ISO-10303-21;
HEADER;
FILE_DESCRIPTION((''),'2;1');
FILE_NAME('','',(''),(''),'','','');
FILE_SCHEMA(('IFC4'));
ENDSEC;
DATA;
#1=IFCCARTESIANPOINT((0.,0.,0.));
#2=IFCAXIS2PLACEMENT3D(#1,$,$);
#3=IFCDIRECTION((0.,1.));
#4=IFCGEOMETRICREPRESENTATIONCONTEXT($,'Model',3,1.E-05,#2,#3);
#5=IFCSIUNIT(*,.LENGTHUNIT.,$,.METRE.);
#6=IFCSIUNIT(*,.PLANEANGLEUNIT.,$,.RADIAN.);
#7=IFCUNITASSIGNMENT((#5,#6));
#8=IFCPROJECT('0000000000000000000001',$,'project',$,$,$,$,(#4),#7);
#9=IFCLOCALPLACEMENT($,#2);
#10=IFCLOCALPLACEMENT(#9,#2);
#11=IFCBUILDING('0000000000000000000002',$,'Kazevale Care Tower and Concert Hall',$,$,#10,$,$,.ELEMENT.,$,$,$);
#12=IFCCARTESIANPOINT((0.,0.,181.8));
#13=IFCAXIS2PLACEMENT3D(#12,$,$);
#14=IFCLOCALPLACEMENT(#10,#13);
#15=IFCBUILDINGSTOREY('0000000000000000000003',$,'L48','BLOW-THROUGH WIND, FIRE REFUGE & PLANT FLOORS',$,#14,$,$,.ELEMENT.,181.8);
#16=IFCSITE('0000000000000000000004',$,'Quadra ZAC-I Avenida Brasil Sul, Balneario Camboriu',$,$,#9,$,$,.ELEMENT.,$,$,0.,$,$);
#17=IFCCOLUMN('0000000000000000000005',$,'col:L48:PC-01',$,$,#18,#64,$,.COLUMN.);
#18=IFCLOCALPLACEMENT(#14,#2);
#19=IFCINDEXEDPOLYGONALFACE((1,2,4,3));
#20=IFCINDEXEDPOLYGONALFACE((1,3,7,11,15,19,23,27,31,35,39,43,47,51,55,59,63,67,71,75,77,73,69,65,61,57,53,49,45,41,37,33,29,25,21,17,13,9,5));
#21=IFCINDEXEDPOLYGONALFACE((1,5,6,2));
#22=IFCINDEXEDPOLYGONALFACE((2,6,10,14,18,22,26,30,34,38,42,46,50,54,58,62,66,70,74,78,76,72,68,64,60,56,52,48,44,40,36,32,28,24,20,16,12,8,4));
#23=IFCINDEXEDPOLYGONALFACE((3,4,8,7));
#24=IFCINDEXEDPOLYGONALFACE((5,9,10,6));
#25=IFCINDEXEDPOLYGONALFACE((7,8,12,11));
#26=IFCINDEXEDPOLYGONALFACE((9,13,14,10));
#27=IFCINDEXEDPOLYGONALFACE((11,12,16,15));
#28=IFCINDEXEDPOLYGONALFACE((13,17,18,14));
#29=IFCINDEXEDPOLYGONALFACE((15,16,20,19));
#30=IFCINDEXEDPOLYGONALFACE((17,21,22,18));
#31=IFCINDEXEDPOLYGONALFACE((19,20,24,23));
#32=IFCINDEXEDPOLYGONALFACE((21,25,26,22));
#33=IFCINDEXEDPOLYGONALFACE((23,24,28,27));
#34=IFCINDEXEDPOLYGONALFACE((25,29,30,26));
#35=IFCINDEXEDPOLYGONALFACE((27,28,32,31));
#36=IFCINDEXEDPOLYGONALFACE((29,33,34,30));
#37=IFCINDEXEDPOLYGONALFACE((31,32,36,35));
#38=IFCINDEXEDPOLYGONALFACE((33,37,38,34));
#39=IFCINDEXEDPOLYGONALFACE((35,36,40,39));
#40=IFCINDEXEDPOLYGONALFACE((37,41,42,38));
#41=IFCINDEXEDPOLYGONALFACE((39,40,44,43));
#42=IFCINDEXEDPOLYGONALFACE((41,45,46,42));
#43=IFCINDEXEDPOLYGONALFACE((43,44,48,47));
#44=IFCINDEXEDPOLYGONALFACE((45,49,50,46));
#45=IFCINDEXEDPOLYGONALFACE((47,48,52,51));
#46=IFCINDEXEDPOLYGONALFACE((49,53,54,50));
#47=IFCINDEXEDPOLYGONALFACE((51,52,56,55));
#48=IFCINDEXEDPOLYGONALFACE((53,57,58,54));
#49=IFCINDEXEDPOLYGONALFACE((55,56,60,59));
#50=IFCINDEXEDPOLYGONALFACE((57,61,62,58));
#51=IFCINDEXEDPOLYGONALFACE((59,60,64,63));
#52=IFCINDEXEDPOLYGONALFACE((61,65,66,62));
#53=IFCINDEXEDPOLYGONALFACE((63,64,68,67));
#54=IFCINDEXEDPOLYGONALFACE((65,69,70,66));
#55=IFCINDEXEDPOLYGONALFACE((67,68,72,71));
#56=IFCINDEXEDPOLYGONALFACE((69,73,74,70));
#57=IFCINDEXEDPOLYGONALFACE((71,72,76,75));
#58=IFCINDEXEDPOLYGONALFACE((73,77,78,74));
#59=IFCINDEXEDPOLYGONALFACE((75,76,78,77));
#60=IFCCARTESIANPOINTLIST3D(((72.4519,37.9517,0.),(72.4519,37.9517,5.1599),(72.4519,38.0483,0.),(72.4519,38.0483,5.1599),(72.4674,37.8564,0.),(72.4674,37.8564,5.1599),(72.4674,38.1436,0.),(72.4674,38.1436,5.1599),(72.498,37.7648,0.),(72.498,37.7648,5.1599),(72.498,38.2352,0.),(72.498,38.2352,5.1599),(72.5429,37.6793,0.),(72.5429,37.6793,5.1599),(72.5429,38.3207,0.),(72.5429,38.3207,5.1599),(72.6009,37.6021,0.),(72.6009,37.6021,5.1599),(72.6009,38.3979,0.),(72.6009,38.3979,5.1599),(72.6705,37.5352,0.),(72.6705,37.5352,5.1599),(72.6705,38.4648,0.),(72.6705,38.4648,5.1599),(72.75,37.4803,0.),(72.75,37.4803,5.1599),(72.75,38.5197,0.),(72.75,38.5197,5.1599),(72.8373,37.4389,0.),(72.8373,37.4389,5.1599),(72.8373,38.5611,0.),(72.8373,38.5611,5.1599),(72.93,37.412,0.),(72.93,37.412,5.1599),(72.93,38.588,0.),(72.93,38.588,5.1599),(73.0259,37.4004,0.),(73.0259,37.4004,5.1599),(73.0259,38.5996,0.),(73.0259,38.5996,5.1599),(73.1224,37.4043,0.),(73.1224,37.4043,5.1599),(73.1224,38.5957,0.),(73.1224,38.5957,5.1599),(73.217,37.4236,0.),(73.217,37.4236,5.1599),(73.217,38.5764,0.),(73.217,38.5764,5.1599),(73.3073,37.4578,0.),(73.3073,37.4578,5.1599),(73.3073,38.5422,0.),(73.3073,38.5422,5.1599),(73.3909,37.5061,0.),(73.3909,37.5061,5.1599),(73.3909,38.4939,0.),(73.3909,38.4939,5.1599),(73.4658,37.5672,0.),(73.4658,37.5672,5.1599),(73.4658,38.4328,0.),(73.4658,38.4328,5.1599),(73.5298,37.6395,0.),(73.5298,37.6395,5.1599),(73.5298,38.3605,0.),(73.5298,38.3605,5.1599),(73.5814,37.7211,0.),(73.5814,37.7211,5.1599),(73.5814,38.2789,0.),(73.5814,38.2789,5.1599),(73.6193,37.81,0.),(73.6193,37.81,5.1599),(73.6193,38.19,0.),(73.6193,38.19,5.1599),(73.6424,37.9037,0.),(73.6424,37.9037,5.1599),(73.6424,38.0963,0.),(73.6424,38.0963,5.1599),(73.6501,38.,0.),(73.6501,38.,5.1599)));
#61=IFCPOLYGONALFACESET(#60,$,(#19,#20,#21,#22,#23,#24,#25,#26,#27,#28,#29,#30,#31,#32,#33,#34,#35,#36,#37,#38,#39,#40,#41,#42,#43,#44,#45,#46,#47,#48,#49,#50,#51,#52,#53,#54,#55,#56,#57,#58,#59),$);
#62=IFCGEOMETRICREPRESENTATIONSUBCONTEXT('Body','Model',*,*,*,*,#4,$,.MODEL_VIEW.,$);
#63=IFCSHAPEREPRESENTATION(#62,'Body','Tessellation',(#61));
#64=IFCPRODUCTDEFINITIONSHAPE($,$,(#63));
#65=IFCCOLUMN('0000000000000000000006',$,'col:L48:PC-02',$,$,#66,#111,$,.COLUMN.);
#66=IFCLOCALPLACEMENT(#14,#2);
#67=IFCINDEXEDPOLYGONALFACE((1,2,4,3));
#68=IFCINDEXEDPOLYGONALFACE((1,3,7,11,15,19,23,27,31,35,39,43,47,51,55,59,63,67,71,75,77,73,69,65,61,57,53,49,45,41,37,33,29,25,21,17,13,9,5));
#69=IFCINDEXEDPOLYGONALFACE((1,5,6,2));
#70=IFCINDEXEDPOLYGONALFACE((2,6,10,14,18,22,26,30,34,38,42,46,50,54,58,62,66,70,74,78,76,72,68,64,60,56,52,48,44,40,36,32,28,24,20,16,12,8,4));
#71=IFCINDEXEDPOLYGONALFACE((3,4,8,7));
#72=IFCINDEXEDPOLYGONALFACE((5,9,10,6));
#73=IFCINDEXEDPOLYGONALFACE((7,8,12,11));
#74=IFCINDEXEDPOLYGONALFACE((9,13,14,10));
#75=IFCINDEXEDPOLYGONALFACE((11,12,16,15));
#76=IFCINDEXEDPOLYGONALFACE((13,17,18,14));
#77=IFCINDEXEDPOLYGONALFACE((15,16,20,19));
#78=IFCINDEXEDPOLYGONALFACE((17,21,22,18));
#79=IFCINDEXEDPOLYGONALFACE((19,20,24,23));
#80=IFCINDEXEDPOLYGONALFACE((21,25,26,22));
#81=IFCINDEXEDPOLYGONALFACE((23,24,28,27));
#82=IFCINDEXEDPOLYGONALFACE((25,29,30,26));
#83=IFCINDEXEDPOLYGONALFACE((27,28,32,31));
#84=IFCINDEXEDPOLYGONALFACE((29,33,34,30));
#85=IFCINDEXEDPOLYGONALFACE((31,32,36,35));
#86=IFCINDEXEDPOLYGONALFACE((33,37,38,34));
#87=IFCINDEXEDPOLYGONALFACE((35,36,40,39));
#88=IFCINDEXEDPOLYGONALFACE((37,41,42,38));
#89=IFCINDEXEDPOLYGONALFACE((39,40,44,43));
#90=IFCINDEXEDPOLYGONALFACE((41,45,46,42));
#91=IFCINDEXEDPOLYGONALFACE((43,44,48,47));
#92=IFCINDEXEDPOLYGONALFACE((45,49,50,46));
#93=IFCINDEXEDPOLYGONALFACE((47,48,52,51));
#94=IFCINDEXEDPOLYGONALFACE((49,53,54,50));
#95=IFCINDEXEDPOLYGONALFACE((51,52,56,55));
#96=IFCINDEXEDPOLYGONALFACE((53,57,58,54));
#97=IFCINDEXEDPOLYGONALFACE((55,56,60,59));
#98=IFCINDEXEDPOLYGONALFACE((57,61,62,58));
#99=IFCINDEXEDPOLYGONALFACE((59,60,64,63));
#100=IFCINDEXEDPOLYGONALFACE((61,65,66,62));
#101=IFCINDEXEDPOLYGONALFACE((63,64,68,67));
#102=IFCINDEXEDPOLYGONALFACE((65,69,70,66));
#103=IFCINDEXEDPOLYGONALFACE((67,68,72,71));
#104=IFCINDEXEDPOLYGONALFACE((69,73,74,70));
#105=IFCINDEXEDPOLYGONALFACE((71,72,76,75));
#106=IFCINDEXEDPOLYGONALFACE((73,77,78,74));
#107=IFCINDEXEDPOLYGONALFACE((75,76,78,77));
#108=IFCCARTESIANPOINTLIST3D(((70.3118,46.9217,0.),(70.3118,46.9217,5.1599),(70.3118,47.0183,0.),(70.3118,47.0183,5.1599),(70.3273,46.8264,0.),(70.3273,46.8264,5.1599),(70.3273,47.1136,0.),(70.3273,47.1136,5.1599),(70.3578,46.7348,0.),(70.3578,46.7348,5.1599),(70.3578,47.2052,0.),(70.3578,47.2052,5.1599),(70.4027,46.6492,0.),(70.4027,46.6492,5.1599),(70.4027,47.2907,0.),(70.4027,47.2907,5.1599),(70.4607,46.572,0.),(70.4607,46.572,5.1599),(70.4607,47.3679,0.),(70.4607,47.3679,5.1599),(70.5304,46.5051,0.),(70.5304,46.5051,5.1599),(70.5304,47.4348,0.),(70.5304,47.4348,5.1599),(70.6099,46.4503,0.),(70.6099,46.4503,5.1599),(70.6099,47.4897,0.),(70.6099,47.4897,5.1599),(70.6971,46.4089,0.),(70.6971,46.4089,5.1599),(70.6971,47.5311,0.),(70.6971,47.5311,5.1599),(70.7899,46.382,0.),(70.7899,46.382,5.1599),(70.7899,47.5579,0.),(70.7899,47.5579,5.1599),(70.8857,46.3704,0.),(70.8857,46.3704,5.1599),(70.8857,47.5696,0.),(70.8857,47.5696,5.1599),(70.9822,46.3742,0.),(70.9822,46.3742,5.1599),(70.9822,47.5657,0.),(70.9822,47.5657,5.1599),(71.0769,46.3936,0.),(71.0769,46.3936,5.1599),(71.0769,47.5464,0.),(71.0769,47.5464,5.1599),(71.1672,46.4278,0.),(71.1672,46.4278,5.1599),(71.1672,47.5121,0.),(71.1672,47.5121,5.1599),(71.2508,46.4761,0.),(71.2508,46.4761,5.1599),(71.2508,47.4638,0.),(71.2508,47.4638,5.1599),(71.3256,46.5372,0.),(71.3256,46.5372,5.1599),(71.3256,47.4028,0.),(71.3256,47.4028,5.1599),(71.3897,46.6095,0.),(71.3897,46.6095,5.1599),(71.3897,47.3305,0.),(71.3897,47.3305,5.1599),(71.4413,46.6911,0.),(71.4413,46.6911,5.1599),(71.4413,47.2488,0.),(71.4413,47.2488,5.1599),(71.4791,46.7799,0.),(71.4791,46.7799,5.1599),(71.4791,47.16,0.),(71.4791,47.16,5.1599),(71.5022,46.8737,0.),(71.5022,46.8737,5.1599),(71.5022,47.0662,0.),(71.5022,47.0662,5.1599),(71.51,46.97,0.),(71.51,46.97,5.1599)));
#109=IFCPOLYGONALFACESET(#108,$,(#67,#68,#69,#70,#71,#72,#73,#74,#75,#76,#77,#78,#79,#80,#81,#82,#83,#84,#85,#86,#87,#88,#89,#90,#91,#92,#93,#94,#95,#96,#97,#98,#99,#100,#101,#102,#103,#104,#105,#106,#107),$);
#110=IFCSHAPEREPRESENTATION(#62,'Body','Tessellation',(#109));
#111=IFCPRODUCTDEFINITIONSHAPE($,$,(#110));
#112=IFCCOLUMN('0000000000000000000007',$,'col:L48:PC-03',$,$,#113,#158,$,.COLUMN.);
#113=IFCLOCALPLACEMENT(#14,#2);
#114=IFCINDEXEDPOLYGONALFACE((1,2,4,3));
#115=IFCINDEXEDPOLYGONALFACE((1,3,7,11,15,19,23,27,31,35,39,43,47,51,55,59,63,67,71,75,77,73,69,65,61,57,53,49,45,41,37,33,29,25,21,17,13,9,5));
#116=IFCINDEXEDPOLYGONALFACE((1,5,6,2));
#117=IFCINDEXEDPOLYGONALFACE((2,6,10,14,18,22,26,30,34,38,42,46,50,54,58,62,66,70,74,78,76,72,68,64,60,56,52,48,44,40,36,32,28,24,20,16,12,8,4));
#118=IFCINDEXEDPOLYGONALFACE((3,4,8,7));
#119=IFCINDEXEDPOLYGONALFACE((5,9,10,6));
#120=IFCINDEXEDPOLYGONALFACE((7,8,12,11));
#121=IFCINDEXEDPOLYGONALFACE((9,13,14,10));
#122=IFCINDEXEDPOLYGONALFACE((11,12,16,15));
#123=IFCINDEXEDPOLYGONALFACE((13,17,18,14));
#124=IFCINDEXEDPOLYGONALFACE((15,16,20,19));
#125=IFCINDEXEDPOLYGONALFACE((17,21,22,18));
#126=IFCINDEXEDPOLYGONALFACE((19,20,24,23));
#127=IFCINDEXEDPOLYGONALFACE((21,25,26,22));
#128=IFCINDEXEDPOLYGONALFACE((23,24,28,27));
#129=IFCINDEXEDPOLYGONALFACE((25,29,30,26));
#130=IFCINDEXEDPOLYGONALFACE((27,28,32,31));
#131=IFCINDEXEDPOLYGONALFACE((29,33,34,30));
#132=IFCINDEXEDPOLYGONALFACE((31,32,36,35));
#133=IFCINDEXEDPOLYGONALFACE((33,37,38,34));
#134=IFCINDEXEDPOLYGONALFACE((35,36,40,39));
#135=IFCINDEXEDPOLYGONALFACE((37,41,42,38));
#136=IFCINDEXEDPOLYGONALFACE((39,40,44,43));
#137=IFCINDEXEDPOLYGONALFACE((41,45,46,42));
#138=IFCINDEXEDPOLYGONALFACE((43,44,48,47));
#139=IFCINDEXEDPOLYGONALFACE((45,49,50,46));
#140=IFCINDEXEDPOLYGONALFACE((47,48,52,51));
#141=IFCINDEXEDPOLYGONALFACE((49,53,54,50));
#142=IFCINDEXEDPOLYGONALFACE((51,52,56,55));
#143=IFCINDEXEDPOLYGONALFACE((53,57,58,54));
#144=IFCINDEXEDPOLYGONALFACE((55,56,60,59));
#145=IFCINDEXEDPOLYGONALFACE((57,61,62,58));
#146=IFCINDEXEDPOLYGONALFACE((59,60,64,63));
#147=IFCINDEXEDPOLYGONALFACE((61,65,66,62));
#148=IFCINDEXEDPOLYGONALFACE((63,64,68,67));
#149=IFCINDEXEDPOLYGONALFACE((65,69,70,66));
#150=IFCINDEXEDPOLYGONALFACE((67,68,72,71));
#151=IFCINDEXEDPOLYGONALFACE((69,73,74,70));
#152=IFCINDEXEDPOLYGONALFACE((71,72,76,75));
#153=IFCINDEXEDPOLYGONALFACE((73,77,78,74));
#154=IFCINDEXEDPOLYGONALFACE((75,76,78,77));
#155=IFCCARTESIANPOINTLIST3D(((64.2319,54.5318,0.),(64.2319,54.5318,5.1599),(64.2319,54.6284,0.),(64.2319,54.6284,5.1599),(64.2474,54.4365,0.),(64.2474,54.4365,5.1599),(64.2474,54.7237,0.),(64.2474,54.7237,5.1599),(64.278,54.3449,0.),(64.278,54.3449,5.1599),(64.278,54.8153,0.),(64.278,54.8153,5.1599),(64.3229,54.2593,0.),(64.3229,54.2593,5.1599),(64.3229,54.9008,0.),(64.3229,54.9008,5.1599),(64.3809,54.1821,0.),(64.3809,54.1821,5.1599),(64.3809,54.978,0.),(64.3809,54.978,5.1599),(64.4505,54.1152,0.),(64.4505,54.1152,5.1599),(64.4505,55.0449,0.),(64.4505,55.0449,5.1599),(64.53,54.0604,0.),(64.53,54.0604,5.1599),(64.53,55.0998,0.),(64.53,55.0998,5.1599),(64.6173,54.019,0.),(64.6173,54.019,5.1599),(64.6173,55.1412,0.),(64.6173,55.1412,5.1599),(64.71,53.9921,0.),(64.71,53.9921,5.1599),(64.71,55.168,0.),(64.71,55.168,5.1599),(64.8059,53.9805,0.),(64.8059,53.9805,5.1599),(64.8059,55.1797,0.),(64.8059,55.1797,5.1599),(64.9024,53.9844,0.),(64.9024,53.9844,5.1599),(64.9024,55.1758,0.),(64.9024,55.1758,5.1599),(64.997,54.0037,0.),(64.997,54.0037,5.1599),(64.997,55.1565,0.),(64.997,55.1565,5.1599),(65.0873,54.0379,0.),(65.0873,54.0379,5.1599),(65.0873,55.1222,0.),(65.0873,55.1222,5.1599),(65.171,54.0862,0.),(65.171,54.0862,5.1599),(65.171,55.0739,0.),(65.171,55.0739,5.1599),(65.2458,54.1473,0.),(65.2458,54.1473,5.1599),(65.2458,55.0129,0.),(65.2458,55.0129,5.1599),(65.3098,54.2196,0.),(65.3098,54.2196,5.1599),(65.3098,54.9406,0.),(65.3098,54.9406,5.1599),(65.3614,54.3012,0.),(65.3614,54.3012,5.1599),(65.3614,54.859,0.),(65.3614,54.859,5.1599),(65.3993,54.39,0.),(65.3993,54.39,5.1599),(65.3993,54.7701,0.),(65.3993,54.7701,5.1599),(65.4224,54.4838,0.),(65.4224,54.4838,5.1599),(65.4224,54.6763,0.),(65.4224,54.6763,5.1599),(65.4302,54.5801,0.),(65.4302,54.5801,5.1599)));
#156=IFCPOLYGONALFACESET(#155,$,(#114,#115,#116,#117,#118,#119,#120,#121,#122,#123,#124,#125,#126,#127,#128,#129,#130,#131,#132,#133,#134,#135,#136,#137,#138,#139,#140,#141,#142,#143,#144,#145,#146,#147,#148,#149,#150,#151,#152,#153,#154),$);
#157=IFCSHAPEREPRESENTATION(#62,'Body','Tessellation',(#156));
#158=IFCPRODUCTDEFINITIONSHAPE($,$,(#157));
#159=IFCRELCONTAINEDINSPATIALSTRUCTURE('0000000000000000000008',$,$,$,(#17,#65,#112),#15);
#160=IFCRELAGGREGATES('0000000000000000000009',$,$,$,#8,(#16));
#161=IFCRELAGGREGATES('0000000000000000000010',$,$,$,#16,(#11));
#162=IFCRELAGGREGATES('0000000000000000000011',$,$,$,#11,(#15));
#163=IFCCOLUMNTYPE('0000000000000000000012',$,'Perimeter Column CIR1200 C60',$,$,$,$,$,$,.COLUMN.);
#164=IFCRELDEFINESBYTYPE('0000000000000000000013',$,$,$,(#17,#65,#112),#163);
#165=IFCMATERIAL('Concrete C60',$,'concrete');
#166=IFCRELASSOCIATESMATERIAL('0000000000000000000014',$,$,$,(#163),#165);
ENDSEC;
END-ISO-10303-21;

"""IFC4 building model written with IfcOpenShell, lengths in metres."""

from ifc_helpers import new_model, si_unit, direction, frame, origin, origin_2d, place, context, subcontext, project, spatial, circle, extrude, material, material_profile, profile_set, type_object, element, save


model = new_model("IFC4")

# Units and contexts
model_context = context("Model", 3, precision=1e-05, world=origin(), true_north=direction((0.0, 1.0)))
body_context = subcontext(model_context, "Body", "Model", "MODEL_VIEW")
ifc_project = project(units=[si_unit("LENGTHUNIT", "METRE"), si_unit("PLANEANGLEUNIT", "RADIAN")], contexts=[model_context])

# Site, building, storey
site_placement = place(None, origin())
site = spatial("IfcSite", under=ifc_project, at=site_placement, Name="Quadra ZAC-I Avenida Brasil Sul, Balneario Camboriu", CompositionType="ELEMENT", RefElevation=0.0)
building_placement = place(site_placement, origin())
building = spatial("IfcBuilding", under=site, at=building_placement, Name="Kazevale Care Tower and Concert Hall", CompositionType="ELEMENT")
storey_placement = place(building_placement, frame((0.0, 0.0, 181.8)))
storey = spatial("IfcBuildingStorey", under=building, at=storey_placement, Name="L48", Description="BLOW-THROUGH WIND, FIRE REFUGE & PLANT FLOORS", CompositionType="ELEMENT", Elevation=181.8)

# Columns
ifc_material_1 = material(Name="Concrete C60", Category="concrete")
ifc_material_profile_1 = material_profile(ifc_material_1, circle(Radius=0.6001, at=origin_2d()), Name="RC-CIR1200")
ifc_profile_set_1 = profile_set([ifc_material_profile_1], Name="Concrete C60")
column_type = type_object("IfcColumnType", Name="Perimeter Column CIR1200 C60", PredefinedType="COLUMN", material=ifc_profile_set_1)
for number, where, z_axis, x_axis, name in (
    (1, (73.05, 38.0, 0.0), (0.0, 0.0, 1.0), (1.0, 0.0, 0.0), "col:L48:PC-01"),
    (2, (70.9099, 46.97, 0.0), (0.0, 0.0, 1.0), (1.0, 0.0, 0.0), "col:L48:PC-02"),
    (3, (64.8301, 54.5801, 0.0), (0.0, 0.0, 1.0), (1.0, 0.0, 0.0), "col:L48:PC-03"),
):
    element("IfcColumn", number, at=place(storey_placement, frame(where, z_axis=z_axis, x_axis=x_axis)), inside=storey, type_object=column_type, Name=name, PredefinedType="COLUMN", context=body_context, shape_type="SweptSolid", body=[
        extrude(circle(Radius=0.6001, at=origin_2d()), origin(), (0.0, 0.0, 1.0), 5.1599),
    ])

save(model, "model.ifc")
